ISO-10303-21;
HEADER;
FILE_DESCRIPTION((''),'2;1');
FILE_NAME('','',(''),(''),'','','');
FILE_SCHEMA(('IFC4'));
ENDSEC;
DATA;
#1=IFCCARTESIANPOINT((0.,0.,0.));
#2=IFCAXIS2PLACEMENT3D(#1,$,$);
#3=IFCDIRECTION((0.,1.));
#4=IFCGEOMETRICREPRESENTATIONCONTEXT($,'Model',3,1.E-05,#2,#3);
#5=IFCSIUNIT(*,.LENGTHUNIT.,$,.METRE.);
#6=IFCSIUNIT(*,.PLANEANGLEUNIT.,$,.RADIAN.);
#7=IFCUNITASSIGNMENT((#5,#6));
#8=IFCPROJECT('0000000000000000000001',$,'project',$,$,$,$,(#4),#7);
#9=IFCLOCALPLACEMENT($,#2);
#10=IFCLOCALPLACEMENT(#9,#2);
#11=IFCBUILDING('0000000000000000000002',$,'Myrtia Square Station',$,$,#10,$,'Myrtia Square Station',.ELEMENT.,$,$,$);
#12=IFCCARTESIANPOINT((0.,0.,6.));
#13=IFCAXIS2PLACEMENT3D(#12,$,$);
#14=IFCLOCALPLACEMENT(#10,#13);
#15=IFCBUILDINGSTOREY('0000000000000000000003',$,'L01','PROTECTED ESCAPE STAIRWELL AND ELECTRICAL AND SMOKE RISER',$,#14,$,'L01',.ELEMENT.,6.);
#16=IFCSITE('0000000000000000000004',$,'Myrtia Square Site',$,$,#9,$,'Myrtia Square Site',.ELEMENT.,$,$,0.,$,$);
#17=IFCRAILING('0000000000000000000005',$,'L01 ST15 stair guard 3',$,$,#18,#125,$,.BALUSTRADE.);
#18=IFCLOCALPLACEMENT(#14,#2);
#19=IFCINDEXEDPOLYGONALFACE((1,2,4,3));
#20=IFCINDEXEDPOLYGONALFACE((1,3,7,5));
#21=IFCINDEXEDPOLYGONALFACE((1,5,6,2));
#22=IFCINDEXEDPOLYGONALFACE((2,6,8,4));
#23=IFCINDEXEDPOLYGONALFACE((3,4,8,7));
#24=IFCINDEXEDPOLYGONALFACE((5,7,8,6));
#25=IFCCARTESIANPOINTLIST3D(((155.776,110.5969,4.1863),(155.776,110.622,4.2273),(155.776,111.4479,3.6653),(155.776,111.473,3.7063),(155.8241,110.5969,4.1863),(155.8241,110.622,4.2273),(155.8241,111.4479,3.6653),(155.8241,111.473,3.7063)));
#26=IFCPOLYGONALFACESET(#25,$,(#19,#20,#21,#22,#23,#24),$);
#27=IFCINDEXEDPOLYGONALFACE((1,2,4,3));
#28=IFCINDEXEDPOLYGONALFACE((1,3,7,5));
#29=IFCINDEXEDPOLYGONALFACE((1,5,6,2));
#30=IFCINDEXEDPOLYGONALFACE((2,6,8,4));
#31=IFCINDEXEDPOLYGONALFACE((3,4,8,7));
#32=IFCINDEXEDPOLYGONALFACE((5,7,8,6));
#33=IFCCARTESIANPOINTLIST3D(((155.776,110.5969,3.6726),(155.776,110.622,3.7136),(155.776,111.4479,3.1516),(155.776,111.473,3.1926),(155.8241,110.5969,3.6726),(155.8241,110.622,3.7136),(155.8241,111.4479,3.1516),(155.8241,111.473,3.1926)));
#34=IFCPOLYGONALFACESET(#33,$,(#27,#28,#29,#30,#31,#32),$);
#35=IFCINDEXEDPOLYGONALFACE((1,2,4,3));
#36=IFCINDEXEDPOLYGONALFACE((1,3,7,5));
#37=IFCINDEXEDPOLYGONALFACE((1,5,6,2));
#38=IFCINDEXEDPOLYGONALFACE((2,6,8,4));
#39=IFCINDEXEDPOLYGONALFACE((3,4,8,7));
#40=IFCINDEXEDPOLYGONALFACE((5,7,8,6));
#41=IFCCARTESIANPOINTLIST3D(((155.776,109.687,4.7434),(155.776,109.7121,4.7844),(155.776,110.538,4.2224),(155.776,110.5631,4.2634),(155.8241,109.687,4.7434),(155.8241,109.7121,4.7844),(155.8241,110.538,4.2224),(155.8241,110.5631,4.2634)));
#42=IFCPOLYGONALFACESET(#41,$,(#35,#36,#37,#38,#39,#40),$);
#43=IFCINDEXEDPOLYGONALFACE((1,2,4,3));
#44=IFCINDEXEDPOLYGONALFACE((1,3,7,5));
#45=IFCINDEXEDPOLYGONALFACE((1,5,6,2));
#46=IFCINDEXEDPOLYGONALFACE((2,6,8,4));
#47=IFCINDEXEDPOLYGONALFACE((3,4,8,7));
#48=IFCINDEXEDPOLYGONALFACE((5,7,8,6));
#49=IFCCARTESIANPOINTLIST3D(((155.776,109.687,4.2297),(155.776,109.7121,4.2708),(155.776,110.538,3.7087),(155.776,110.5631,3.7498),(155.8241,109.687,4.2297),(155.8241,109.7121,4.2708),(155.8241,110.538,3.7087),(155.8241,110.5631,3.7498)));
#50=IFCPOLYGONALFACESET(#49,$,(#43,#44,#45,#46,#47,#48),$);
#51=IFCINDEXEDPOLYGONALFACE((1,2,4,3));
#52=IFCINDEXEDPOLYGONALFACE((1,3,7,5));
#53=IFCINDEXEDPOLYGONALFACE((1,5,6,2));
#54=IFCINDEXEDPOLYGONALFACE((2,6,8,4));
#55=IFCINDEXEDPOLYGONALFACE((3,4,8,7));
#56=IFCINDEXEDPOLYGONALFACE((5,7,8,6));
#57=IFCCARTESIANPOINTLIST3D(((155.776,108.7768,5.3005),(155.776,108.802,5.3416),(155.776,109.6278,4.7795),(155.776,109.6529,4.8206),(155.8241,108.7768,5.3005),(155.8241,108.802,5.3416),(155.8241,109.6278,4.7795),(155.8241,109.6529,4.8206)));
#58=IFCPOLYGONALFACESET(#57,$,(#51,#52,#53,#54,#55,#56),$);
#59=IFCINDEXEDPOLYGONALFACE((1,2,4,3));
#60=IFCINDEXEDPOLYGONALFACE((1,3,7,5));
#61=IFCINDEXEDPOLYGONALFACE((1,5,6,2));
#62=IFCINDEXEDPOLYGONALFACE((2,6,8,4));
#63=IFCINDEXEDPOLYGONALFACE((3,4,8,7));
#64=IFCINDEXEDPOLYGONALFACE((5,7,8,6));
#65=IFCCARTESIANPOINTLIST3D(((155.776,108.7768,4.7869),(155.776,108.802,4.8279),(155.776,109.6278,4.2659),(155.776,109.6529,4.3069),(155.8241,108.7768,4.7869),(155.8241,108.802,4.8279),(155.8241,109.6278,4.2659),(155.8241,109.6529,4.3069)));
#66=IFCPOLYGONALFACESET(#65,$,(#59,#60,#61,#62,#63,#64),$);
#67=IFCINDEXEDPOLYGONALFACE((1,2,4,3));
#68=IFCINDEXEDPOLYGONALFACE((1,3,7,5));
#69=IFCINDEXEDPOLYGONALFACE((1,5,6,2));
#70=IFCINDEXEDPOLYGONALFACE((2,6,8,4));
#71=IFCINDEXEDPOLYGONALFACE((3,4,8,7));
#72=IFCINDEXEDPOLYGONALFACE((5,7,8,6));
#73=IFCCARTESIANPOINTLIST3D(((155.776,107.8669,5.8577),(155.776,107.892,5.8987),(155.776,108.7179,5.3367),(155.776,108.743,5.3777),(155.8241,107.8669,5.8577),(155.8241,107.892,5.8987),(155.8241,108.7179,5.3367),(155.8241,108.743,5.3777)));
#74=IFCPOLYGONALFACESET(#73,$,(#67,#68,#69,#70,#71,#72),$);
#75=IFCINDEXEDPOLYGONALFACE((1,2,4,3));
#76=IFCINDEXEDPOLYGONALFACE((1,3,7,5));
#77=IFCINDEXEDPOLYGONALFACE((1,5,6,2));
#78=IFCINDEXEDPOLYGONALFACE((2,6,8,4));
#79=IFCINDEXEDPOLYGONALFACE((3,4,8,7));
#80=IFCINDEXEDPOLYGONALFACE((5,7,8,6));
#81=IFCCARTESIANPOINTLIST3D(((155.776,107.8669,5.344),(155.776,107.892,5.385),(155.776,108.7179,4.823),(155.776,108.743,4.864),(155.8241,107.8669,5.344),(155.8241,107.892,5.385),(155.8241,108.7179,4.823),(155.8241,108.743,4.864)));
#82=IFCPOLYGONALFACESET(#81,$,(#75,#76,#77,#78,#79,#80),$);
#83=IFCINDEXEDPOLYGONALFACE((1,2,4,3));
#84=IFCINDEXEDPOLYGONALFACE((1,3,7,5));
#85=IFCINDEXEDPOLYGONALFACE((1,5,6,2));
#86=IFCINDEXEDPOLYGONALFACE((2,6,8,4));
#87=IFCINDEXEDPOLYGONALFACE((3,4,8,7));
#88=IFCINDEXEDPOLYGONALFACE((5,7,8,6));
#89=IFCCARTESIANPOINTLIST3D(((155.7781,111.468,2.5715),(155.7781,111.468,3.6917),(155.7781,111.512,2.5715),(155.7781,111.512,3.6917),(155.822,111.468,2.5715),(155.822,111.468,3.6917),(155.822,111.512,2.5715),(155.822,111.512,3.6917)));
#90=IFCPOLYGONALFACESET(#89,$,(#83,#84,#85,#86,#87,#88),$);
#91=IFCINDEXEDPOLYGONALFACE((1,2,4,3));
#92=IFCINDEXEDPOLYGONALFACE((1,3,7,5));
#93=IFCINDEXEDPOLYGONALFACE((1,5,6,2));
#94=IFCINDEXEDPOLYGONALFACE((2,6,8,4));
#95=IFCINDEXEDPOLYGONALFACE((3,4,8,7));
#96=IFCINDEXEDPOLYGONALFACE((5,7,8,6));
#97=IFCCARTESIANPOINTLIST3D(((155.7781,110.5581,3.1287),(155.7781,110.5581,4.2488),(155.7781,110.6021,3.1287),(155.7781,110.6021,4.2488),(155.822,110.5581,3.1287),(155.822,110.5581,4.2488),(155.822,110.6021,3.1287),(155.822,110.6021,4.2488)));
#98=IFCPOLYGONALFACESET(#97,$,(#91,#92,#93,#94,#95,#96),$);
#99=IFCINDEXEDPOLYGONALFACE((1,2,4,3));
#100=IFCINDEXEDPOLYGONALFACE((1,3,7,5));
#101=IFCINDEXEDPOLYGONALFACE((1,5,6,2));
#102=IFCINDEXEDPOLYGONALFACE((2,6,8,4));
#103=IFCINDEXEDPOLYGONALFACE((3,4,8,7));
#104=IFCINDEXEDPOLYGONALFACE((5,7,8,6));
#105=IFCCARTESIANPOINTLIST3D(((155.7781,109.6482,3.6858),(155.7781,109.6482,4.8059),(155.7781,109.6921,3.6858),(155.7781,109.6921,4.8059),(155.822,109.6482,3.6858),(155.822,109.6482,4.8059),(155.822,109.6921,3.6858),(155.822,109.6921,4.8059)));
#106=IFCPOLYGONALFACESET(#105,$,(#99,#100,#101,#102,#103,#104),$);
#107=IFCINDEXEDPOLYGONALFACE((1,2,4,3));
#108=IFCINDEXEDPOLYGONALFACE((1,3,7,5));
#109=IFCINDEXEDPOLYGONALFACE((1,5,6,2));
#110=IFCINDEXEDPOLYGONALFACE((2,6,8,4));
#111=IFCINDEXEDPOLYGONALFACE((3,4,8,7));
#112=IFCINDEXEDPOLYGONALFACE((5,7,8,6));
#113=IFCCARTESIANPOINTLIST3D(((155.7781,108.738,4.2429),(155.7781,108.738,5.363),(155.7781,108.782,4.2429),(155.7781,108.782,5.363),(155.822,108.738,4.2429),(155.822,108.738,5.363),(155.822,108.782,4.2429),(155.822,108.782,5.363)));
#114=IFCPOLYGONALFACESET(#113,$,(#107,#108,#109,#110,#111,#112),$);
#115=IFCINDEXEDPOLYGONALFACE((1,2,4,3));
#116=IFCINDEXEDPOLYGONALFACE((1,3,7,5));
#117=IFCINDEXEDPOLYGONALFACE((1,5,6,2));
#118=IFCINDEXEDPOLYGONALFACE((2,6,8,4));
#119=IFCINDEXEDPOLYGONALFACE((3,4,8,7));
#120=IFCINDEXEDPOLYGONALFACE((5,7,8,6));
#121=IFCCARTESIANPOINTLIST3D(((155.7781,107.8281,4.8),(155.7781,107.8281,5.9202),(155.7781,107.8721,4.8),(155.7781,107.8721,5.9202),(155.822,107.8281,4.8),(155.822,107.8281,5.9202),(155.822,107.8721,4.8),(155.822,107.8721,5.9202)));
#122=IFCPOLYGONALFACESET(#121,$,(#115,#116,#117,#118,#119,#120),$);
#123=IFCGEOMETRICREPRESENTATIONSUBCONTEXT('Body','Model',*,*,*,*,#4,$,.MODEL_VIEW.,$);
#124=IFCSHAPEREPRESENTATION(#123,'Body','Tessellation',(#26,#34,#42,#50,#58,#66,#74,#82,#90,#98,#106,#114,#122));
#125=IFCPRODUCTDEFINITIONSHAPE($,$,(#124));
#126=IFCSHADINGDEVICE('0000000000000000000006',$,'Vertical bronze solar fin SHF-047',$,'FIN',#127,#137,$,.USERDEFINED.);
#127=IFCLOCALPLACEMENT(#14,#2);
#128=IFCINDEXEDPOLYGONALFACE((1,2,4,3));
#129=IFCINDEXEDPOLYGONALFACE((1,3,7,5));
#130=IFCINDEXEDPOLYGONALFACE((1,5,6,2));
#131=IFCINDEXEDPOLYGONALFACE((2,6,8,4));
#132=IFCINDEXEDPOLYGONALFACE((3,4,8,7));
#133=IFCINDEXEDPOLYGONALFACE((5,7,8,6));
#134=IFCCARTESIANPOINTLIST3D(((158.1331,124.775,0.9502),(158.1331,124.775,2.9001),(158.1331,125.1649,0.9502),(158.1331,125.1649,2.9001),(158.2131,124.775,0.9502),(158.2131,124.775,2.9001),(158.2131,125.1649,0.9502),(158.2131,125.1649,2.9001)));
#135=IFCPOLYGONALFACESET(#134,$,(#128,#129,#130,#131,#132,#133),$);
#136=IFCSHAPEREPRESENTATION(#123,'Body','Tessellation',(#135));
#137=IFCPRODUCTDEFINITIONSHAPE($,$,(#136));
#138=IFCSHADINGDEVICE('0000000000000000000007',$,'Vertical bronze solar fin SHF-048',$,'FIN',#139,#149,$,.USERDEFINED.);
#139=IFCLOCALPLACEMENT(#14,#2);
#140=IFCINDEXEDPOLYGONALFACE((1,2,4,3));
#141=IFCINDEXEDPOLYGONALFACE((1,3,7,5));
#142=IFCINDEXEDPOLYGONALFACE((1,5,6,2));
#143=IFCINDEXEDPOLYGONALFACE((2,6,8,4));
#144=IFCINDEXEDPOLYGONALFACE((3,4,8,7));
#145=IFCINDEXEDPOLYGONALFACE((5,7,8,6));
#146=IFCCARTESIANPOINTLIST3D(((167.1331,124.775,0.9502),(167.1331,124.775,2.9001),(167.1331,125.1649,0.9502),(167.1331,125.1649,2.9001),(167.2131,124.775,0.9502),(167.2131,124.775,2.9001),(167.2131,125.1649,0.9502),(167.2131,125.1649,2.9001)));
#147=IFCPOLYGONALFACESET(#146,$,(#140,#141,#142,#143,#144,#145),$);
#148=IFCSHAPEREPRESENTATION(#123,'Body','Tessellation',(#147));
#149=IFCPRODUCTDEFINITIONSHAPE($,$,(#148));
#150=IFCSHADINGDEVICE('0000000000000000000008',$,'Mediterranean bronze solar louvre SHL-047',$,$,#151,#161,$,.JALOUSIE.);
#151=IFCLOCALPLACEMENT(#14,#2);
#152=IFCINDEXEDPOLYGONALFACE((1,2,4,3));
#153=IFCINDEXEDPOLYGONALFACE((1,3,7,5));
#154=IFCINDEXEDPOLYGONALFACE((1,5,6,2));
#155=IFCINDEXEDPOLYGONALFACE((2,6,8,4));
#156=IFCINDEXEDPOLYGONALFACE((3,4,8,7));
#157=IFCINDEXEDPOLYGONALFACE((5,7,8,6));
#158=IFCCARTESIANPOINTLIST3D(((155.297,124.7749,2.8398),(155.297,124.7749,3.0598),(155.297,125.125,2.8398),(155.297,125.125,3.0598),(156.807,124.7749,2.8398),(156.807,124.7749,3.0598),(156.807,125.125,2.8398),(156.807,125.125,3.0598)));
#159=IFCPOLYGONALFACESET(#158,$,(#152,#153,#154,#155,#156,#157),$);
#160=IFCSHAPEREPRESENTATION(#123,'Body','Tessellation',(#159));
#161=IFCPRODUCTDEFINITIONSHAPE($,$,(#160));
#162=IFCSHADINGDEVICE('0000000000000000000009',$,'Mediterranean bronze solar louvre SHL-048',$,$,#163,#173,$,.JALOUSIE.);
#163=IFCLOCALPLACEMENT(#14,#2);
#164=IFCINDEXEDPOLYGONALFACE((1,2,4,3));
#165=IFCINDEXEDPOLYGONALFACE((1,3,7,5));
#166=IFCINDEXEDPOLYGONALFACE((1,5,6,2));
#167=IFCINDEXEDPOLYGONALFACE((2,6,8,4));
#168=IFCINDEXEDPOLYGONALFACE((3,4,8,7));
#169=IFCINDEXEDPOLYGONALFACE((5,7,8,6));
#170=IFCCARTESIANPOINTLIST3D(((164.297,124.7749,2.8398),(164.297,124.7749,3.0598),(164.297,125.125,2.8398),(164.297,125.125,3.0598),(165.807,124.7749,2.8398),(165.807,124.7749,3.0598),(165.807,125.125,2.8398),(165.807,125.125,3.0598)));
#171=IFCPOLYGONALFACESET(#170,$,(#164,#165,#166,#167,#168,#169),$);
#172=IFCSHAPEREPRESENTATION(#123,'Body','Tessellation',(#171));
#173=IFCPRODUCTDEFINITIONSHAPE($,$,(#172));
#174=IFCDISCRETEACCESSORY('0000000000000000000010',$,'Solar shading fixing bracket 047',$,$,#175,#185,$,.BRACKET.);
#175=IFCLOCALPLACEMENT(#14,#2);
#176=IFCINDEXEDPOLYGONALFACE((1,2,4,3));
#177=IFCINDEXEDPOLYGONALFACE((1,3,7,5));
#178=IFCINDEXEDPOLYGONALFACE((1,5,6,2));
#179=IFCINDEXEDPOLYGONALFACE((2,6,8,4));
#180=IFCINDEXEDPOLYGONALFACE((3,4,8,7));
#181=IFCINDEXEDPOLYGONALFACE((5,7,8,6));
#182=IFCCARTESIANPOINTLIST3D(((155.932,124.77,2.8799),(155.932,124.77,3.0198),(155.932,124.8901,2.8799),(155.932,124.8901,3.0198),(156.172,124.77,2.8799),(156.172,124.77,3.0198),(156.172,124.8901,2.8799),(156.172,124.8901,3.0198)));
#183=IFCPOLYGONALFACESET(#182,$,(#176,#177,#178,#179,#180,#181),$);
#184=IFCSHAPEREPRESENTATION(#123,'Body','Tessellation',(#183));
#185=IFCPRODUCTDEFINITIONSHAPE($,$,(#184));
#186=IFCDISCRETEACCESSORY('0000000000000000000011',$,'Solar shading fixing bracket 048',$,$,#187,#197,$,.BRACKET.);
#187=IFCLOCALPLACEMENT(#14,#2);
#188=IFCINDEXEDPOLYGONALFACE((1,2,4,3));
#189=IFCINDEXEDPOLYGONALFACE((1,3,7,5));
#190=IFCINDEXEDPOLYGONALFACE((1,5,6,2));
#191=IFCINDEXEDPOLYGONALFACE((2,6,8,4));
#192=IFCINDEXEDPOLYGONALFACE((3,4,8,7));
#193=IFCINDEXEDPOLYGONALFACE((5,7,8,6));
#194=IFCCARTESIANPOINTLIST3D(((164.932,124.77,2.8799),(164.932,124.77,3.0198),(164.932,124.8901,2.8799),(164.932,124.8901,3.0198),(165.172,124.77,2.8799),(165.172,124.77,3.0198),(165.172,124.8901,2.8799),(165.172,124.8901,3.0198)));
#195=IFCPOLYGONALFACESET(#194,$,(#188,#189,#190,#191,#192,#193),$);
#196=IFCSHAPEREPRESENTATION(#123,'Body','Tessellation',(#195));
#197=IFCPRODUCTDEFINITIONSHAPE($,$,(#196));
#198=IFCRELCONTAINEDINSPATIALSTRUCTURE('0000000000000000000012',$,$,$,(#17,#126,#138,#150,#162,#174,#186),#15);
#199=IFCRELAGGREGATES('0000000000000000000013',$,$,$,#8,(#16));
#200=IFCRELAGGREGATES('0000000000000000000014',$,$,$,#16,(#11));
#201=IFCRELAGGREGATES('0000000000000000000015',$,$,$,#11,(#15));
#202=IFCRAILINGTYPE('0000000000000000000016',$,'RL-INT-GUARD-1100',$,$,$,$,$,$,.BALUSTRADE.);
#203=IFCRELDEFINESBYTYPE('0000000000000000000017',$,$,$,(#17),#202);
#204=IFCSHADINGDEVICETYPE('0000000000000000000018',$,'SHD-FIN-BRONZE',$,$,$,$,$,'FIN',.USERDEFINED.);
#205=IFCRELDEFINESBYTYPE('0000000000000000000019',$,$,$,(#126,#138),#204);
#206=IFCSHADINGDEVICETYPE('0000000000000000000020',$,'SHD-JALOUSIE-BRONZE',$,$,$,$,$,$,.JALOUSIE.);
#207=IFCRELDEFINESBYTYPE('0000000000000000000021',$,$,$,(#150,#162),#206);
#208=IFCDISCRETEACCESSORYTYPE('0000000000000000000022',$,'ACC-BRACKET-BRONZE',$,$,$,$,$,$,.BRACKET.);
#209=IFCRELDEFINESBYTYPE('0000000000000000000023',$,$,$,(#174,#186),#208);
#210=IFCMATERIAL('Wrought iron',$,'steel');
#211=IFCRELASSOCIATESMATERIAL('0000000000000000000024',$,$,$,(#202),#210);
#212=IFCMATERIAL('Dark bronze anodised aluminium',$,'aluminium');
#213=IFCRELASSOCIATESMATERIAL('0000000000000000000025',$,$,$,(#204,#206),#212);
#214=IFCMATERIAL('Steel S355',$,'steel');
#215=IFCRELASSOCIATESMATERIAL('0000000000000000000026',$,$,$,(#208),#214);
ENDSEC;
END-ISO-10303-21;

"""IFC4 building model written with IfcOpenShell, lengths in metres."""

from ifc_helpers import new_model, si_unit, direction, frame, origin, origin_2d, place, context, subcontext, project, spatial, rectangle, extrude, material, type_object, element, save


model = new_model("IFC4")

# Units and contexts
model_context = context("Model", 3, precision=1e-05, world=origin(), true_north=direction((0.0, 1.0)))
body_context = subcontext(model_context, "Body", "Model", "MODEL_VIEW")
ifc_project = project(units=[si_unit("LENGTHUNIT", "METRE"), si_unit("PLANEANGLEUNIT", "RADIAN")], contexts=[model_context])

# Site, building, storey
site_placement = place(None, origin())
site = spatial("IfcSite", under=ifc_project, at=site_placement, Name="Myrtia Square Site", LongName="Myrtia Square Site", CompositionType="ELEMENT", RefElevation=0.0)
building_placement = place(site_placement, origin())
building = spatial("IfcBuilding", under=site, at=building_placement, Name="Myrtia Square Station", LongName="Myrtia Square Station", CompositionType="ELEMENT")
storey_placement = place(building_placement, frame((0.0, 0.0, 6.0)))
storey = spatial("IfcBuildingStorey", under=building, at=storey_placement, Name="L01", Description="PROTECTED ESCAPE STAIRWELL AND ELECTRICAL AND SMOKE RISER", LongName="L01", CompositionType="ELEMENT", Elevation=6.0)

# Shared definitions
ifc_material_1 = material(Name="Steel S355", Category="steel")

# Railing
ifc_material_2 = material(Name="Dark bronze anodised aluminium", Category="aluminium")
ifc_material_3 = material(Name="Wrought iron", Category="steel")
railing_type_1 = type_object("IfcRailingType", Name="RL-INT-GUARD-1100", PredefinedType="BALUSTRADE", material=ifc_material_3)
railing_1_placement = place(storey_placement, frame((155.8, 111.49, 2.5715)))
element("IfcRailing", 1, at=railing_1_placement, inside=storey, type_object=railing_type_1, Name="L01 ST15 stair guard 3", PredefinedType="BALUSTRADE", context=body_context, shape_type="SweptSolid", body=[
    extrude(rectangle(XDim=0.0481, YDim=0.0481, at=origin_2d()), frame((0.0, -0.0295, 1.1143), z_axis=(0.0, -0.85285, 0.522156), x_axis=(1.0, 0.0, 0.0)), (0.0, 0.0, 1.0), 0.9978),
    extrude(rectangle(XDim=0.0481, YDim=0.0481, at=origin_2d()), frame((0.0, -0.0295, 0.6006), z_axis=(0.0, -0.85285, 0.522156), x_axis=(1.0, 0.0, 0.0)), (0.0, 0.0, 1.0), 0.9978),
    extrude(rectangle(XDim=0.0481, YDim=0.0481, at=origin_2d()), frame((0.0, -0.9395, 1.6714), z_axis=(0.0, -0.85285, 0.522156), x_axis=(1.0, 0.0, 0.0)), (0.0, 0.0, 1.0), 0.9978),
    extrude(rectangle(XDim=0.0481, YDim=0.0481, at=origin_2d()), frame((0.0, -0.9395, 1.1577), z_axis=(0.0, -0.85285, 0.522156), x_axis=(1.0, 0.0, 0.0)), (0.0, 0.0, 1.0), 0.9978),
    extrude(rectangle(XDim=0.0481, YDim=0.0481, at=origin_2d()), frame((0.0, -1.8496, 2.2285), z_axis=(0.0, -0.85285, 0.522156), x_axis=(1.0, 0.0, 0.0)), (0.0, 0.0, 1.0), 0.9978),
    extrude(rectangle(XDim=0.0481, YDim=0.0481, at=origin_2d()), frame((0.0, -1.8496, 1.7148), z_axis=(0.0, -0.85285, 0.522156), x_axis=(1.0, 0.0, 0.0)), (0.0, 0.0, 1.0), 0.9978),
    extrude(rectangle(XDim=0.0481, YDim=0.0481, at=origin_2d()), frame((0.0, -2.7595, 2.7856), z_axis=(0.0, -0.85285, 0.522156), x_axis=(1.0, 0.0, 0.0)), (0.0, 0.0, 1.0), 0.9978),
    extrude(rectangle(XDim=0.0481, YDim=0.0481, at=origin_2d()), frame((0.0, -2.7595, 2.272), z_axis=(0.0, -0.85285, 0.522156), x_axis=(1.0, 0.0, 0.0)), (0.0, 0.0, 1.0), 0.9978),
    extrude(rectangle(XDim=0.0439, YDim=0.0439, at=origin_2d()), origin(), (0.0, 0.0, 1.0), 1.1201),
    extrude(rectangle(XDim=0.0439, YDim=0.0439, at=origin_2d()), frame((0.0, -0.9099, 0.5571)), (0.0, 0.0, 1.0), 1.1201),
    extrude(rectangle(XDim=0.0439, YDim=0.0439, at=origin_2d()), frame((0.0, -1.8198, 1.1143)), (0.0, 0.0, 1.0), 1.1201),
    extrude(rectangle(XDim=0.0439, YDim=0.0439, at=origin_2d()), frame((0.0, -2.73, 1.6714)), (0.0, 0.0, 1.0), 1.1201),
    extrude(rectangle(XDim=0.0439, YDim=0.0439, at=origin_2d()), frame((0.0, -3.6399, 2.2285)), (0.0, 0.0, 1.0), 1.1201),
])

# Shading devices
shading_device_type_1 = type_object("IfcShadingDeviceType", Name="SHD-FIN-BRONZE", ElementType="FIN", PredefinedType="USERDEFINED", material=ifc_material_2)
for number, where, z_axis, x_axis, name in (
    (2, (158.1731, 124.97, 0.9502), (0.0, 0.0, 1.0), (1.0, 0.0, 0.0), "Vertical bronze solar fin SHF-047"),
    (3, (167.1731, 124.97, 0.9502), (0.0, 0.0, 1.0), (1.0, 0.0, 0.0), "Vertical bronze solar fin SHF-048"),
):
    element("IfcShadingDevice", number, at=place(storey_placement, frame(where, z_axis=z_axis, x_axis=x_axis)), inside=storey, type_object=shading_device_type_1, Name=name, ObjectType="FIN", PredefinedType="USERDEFINED", context=body_context, shape_type="SweptSolid", body=[
        extrude(rectangle(XDim=0.0801, YDim=0.3899, at=origin_2d()), origin(), (0.0, 0.0, 1.0), 1.95),
    ])
shading_device_type_2 = type_object("IfcShadingDeviceType", Name="SHD-JALOUSIE-BRONZE", PredefinedType="JALOUSIE", material=ifc_material_2)
for number, where, z_axis, x_axis, name in (
    (4, (156.052, 124.95, 2.8398), (0.0, 0.0, 1.0), (1.0, 0.0, 0.0), "Mediterranean bronze solar louvre SHL-047"),
    (5, (165.052, 124.95, 2.8398), (0.0, 0.0, 1.0), (1.0, 0.0, 0.0), "Mediterranean bronze solar louvre SHL-048"),
):
    element("IfcShadingDevice", number, at=place(storey_placement, frame(where, z_axis=z_axis, x_axis=x_axis)), inside=storey, type_object=shading_device_type_2, Name=name, PredefinedType="JALOUSIE", context=body_context, shape_type="SweptSolid", body=[
        extrude(rectangle(XDim=1.51, YDim=0.3501, at=origin_2d()), origin(), (0.0, 0.0, 1.0), 0.22),
    ])

# Discrete accessories
discrete_accessory_type = type_object("IfcDiscreteAccessoryType", Name="ACC-BRACKET-BRONZE", PredefinedType="BRACKET", material=ifc_material_1)
for number, where, z_axis, x_axis, name in (
    (6, (156.052, 124.8301, 2.8799), (0.0, 0.0, 1.0), (1.0, 0.0, 0.0), "Solar shading fixing bracket 047"),
    (7, (165.052, 124.8301, 2.8799), (0.0, 0.0, 1.0), (1.0, 0.0, 0.0), "Solar shading fixing bracket 048"),
):
    element("IfcDiscreteAccessory", number, at=place(storey_placement, frame(where, z_axis=z_axis, x_axis=x_axis)), inside=storey, type_object=discrete_accessory_type, Name=name, PredefinedType="BRACKET", context=body_context, shape_type="SweptSolid", body=[
        extrude(rectangle(XDim=0.24, YDim=0.1201, at=origin_2d()), origin(), (0.0, 0.0, 1.0), 0.1399),
    ])

save(model, "model.ifc")
